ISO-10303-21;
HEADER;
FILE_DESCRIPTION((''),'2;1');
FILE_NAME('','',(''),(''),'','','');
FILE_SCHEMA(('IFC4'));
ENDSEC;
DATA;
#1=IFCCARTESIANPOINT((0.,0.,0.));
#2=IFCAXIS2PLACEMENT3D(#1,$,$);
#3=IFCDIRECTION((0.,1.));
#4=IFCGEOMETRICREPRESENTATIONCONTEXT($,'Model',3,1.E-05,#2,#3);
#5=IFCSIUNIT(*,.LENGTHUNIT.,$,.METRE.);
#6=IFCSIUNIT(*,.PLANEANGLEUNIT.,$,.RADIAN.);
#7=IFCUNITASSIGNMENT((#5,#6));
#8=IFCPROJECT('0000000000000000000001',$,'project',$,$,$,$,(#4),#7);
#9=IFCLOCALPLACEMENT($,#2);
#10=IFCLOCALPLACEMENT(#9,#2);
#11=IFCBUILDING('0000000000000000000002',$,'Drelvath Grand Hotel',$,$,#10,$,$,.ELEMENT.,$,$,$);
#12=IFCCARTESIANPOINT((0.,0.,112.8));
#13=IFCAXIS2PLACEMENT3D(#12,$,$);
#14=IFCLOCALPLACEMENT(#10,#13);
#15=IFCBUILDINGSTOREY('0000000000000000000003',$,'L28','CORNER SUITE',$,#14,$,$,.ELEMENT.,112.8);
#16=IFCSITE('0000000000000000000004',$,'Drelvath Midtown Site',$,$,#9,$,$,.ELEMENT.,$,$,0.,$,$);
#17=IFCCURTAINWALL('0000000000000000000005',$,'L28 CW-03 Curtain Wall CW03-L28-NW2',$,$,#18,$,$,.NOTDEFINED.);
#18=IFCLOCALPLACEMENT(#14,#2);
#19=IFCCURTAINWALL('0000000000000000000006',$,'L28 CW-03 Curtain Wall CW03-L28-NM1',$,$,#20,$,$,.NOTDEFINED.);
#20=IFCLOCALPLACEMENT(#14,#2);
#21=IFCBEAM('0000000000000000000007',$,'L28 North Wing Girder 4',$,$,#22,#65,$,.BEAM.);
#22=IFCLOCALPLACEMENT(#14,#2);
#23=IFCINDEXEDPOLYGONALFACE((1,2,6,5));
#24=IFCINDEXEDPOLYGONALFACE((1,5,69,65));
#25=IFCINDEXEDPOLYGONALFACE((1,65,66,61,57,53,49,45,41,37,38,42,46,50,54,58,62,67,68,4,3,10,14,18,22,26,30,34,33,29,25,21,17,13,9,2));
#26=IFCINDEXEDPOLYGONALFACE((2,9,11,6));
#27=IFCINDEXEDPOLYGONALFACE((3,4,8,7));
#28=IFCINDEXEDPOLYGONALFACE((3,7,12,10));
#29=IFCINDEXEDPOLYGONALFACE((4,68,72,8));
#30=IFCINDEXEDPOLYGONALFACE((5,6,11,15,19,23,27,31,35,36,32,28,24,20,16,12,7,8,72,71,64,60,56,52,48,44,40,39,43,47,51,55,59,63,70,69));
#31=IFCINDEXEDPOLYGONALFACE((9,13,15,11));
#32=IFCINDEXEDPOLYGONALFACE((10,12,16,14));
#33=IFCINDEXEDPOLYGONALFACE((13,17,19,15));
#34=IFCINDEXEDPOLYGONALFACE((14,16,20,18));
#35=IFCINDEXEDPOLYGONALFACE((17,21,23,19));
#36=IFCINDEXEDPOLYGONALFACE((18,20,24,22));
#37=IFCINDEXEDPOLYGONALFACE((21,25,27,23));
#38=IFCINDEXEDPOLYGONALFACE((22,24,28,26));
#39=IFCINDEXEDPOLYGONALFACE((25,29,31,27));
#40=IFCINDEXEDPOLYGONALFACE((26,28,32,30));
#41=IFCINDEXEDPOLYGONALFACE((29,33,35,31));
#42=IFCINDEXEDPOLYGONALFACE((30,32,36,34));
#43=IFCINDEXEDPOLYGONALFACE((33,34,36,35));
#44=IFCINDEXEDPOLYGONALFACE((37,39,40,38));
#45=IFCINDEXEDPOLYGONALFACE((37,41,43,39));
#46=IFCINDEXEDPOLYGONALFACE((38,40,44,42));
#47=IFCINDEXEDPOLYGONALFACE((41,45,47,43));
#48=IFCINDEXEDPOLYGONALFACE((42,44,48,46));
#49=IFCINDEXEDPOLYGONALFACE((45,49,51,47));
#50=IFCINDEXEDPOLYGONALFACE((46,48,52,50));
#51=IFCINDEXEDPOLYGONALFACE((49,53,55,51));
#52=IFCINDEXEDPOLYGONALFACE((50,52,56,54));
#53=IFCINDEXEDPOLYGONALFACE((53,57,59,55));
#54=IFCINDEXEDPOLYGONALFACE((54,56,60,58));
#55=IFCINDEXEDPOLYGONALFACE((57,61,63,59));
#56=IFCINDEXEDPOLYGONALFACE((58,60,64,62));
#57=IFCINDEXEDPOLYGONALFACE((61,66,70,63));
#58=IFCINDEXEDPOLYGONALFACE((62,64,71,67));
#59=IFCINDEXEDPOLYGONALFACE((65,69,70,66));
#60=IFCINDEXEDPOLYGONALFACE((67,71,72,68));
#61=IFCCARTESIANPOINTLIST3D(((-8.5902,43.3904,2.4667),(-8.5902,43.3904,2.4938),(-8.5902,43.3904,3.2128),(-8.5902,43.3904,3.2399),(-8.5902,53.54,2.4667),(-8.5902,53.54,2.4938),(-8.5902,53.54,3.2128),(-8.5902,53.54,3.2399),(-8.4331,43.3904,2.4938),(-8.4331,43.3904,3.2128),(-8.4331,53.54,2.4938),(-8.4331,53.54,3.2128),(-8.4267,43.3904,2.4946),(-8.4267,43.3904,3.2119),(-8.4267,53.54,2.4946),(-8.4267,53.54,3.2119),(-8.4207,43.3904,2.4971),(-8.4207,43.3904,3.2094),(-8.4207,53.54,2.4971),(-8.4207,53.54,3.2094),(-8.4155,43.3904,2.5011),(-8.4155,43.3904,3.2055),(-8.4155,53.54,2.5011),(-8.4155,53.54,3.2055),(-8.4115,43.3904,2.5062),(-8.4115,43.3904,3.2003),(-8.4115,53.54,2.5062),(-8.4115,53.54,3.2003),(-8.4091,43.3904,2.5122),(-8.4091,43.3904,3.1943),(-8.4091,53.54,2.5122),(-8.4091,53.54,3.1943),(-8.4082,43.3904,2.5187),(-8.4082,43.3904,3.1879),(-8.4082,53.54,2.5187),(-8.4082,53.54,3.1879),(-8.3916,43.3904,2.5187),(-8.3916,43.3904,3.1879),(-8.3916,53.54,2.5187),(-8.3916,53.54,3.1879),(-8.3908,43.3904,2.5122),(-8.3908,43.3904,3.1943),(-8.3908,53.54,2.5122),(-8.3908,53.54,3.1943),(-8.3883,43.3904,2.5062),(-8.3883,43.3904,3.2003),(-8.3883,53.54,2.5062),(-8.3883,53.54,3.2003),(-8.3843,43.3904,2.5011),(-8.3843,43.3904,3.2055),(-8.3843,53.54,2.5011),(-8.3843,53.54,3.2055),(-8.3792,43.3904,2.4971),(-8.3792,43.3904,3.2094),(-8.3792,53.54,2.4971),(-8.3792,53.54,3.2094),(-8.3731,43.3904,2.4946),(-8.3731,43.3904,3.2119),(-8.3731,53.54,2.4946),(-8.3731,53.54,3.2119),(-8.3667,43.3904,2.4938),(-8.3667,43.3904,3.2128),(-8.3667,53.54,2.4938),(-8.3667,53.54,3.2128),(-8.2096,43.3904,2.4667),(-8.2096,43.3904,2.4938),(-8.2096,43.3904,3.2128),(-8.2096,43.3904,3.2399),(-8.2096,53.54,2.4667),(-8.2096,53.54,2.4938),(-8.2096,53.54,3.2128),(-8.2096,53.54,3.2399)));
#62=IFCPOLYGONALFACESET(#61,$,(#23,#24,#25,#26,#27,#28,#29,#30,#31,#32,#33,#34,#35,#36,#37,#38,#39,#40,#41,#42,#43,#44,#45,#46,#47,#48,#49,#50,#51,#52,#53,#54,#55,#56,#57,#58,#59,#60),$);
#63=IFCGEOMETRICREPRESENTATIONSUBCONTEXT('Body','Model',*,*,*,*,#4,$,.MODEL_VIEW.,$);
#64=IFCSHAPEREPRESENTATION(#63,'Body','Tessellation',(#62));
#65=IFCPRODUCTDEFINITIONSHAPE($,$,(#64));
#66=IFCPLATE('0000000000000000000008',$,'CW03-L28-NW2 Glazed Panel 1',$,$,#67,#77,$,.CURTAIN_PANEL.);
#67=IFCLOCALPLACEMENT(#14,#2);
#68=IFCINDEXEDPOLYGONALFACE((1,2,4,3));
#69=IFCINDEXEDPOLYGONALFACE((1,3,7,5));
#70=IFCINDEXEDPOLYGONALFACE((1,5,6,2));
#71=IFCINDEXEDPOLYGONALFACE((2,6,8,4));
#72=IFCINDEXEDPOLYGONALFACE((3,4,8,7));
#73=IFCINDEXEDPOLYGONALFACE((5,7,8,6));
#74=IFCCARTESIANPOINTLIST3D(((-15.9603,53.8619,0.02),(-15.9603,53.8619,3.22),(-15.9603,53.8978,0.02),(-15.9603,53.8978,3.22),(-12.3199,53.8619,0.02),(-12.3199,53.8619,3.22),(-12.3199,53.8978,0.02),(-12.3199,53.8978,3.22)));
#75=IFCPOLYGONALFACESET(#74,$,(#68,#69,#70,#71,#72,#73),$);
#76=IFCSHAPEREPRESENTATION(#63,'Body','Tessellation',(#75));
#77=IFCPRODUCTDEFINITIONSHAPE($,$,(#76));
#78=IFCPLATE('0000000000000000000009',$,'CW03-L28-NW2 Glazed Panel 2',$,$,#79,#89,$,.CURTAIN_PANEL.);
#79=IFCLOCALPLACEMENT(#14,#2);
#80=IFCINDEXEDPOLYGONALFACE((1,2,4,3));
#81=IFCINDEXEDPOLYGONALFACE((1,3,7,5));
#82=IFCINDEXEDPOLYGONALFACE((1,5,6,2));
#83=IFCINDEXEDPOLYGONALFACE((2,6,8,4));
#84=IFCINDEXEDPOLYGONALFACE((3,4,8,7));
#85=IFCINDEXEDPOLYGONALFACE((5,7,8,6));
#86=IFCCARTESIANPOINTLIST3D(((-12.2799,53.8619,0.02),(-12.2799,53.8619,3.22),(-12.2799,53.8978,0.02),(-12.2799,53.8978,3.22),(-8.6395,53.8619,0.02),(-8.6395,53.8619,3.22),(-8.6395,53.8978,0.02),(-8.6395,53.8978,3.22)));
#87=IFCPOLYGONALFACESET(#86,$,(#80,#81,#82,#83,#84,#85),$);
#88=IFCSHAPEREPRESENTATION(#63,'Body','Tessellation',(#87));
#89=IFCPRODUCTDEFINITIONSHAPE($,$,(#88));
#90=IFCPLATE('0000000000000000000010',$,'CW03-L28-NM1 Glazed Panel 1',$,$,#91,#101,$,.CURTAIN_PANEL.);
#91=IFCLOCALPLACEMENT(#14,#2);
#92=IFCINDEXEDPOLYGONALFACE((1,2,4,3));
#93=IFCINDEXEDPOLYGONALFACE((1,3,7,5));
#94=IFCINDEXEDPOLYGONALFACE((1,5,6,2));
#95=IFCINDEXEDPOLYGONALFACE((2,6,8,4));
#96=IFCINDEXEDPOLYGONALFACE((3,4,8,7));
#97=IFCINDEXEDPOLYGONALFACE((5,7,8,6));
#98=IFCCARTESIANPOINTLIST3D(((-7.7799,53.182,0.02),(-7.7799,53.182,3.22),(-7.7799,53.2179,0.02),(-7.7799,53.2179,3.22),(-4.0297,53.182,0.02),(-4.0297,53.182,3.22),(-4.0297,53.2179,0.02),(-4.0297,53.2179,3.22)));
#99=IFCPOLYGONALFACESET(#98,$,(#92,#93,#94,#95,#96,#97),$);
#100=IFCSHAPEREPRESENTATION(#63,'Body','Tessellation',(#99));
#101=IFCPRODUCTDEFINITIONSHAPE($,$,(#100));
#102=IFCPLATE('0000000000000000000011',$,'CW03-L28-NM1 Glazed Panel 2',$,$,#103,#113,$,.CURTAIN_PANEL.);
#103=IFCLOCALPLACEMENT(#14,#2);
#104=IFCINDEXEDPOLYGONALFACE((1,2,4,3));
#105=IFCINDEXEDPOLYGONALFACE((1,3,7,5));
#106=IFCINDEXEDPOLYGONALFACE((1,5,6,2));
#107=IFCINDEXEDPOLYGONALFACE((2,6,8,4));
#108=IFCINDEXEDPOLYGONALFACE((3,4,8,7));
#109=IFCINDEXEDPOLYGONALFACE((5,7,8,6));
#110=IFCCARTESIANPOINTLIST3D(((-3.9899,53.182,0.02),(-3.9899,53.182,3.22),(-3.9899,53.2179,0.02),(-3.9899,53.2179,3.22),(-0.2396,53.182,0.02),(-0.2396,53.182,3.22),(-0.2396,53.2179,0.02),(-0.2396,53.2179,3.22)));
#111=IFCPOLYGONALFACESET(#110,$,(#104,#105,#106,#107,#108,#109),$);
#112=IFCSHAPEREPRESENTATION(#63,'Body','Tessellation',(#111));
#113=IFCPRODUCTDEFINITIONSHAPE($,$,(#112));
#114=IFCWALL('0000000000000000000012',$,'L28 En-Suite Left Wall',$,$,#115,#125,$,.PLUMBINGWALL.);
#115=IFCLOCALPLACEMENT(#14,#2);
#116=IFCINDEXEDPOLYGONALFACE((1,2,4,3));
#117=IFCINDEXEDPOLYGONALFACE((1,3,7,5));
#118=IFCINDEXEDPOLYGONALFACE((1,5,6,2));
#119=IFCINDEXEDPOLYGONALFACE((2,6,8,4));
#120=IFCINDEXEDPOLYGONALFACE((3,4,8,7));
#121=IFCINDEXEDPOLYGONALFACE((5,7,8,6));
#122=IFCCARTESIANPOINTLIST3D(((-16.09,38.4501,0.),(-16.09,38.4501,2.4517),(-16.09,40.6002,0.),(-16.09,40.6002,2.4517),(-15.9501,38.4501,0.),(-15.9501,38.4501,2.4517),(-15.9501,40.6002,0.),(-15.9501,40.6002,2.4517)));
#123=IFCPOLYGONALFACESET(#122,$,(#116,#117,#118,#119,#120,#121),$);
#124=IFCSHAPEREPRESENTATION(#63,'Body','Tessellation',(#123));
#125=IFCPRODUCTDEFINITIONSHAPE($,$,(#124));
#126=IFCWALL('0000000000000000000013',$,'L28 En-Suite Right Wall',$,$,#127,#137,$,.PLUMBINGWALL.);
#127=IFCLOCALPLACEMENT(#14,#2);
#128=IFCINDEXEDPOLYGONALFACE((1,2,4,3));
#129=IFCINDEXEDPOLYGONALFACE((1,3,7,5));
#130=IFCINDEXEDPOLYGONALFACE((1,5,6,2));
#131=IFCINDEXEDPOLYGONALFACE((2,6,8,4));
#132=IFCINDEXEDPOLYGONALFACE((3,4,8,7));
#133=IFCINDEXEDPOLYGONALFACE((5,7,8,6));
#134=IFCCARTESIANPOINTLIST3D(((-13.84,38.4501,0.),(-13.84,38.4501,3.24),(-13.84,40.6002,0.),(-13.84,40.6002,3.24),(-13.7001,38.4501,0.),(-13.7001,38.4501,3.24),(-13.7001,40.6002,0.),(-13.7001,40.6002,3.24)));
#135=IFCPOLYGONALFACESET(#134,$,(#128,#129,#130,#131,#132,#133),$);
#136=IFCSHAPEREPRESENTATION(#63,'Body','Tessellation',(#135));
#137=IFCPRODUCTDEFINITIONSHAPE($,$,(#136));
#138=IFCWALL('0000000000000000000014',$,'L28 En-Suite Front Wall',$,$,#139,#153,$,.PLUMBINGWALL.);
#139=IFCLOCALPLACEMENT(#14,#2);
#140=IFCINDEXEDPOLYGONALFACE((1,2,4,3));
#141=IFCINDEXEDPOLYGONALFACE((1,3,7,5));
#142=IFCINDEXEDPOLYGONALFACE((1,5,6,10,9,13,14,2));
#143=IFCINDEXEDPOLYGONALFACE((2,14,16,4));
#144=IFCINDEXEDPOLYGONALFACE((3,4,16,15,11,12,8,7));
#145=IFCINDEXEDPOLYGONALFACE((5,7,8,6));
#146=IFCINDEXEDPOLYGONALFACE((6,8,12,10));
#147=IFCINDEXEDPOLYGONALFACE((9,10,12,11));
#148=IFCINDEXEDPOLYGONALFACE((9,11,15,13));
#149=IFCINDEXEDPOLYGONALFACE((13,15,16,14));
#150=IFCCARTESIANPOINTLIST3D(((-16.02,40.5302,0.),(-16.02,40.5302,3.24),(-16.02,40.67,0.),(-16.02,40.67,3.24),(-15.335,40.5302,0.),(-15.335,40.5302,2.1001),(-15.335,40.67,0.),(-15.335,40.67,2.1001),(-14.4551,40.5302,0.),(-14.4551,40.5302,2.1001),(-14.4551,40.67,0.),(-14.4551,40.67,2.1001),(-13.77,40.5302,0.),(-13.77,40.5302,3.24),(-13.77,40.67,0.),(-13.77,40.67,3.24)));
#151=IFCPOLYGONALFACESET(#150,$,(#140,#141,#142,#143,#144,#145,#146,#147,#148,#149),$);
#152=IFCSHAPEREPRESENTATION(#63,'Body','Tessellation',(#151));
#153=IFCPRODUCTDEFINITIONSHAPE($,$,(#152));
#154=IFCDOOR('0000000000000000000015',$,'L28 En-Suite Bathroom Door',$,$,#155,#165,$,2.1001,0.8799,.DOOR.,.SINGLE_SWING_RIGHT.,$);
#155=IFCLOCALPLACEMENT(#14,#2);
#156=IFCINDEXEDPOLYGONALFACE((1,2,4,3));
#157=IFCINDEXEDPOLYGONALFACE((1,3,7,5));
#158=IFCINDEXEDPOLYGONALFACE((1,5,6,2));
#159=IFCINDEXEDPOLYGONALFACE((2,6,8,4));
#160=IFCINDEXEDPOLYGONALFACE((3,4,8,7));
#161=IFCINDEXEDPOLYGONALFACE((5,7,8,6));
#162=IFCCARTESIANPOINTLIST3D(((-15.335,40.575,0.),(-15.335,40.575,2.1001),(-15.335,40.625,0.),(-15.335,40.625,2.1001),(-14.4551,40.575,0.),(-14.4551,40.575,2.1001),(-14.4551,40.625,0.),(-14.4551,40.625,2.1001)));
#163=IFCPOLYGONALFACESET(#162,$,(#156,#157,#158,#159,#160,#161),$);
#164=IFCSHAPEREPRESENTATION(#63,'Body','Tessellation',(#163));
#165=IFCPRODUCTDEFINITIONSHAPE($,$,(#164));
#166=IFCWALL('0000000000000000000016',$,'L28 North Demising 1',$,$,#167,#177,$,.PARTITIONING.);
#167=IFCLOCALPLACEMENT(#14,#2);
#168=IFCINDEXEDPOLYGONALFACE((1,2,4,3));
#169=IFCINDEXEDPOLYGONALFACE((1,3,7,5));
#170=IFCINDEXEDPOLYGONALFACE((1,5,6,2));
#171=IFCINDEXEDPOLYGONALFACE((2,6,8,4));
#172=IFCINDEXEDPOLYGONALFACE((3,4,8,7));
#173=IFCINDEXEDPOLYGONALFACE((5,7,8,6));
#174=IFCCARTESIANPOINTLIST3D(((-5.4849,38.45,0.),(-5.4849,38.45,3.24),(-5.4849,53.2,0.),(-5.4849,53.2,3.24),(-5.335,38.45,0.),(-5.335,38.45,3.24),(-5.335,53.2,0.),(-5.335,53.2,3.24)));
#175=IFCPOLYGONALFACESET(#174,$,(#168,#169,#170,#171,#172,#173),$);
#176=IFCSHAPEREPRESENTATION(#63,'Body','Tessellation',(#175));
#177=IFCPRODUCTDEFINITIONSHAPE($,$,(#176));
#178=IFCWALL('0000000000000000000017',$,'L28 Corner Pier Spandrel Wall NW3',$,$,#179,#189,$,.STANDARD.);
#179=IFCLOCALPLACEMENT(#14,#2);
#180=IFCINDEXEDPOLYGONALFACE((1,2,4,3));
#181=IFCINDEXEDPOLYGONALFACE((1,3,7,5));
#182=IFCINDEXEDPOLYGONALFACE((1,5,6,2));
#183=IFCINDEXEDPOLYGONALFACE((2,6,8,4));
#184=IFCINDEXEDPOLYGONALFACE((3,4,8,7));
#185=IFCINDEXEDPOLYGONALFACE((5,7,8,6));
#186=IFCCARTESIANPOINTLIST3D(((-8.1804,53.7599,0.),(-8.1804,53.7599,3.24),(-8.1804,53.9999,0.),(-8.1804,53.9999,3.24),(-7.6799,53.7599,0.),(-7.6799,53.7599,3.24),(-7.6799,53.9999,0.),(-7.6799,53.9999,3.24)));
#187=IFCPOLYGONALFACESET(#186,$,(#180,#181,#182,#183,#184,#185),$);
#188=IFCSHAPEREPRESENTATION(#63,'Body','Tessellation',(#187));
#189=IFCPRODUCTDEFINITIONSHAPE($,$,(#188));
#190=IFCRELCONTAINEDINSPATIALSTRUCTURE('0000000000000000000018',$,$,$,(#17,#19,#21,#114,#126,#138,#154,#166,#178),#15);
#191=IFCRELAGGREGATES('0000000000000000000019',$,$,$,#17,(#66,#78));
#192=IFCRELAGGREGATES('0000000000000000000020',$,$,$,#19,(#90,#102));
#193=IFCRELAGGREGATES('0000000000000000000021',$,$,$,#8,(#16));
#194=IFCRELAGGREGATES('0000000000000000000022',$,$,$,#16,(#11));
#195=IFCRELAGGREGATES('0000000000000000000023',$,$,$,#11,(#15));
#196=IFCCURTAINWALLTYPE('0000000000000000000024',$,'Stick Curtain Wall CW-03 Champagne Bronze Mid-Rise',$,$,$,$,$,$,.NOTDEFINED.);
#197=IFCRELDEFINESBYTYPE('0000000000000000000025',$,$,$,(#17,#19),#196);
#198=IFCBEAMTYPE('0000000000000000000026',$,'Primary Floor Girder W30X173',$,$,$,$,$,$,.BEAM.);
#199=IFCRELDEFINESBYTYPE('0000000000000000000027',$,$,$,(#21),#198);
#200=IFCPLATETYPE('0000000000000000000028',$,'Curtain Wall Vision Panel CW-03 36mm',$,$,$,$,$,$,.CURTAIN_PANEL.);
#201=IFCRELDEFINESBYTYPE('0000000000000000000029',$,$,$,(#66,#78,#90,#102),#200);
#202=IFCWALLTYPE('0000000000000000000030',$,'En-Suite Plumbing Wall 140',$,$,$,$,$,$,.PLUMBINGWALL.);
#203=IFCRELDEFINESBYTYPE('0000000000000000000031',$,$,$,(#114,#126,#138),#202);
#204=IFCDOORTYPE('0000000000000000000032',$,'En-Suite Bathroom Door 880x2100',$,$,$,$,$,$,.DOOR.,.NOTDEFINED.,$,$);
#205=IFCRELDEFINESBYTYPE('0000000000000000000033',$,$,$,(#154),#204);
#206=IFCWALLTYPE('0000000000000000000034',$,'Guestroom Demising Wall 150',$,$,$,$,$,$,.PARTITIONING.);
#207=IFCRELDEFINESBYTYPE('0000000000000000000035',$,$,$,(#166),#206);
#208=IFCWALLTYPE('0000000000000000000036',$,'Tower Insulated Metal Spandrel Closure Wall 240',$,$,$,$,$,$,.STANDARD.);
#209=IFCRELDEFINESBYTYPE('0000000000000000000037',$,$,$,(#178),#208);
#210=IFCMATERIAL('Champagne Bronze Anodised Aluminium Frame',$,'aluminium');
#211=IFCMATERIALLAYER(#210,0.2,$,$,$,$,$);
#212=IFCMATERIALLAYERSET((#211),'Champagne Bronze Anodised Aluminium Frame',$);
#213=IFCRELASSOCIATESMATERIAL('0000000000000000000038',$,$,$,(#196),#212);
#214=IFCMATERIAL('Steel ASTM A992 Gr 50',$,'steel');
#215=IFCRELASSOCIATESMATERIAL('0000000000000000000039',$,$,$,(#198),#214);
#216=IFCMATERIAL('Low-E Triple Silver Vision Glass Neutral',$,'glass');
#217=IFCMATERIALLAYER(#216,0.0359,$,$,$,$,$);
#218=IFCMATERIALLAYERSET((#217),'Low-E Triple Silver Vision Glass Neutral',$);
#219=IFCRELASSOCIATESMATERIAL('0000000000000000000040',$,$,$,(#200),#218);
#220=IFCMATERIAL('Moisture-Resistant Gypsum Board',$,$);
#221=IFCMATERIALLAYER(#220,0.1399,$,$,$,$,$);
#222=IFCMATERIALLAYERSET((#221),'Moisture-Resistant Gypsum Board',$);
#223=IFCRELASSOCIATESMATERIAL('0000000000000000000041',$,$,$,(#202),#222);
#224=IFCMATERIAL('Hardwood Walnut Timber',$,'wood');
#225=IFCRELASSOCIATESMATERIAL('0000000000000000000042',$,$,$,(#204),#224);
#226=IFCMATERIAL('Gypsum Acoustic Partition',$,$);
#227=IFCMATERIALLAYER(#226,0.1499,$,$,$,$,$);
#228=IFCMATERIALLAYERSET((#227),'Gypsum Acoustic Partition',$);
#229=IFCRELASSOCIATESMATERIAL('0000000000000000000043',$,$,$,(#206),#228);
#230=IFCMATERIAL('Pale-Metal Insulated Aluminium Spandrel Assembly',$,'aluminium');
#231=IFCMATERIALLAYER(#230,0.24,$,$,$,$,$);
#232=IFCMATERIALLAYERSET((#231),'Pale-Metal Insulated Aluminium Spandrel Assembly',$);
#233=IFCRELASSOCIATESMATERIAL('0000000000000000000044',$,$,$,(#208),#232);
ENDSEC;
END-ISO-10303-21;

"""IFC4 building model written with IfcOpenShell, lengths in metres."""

from ifc_helpers import new_model, si_unit, direction, frame, frame_2d, origin, origin_2d, place, context, subcontext, project, spatial, rectangle, i_section, extrude, material, layer, layer_set, material_profile, profile_set, type_object, element, fill, aggregate, save


model = new_model("IFC4")

# Units and contexts
model_context = context("Model", 3, precision=1e-05, world=origin(), true_north=direction((0.0, 1.0)))
body_context = subcontext(model_context, "Body", "Model", "MODEL_VIEW")
ifc_project = project(units=[si_unit("LENGTHUNIT", "METRE"), si_unit("PLANEANGLEUNIT", "RADIAN")], contexts=[model_context])

# Site, building, storey
site_placement = place(None, origin())
site = spatial("IfcSite", under=ifc_project, at=site_placement, Name="Drelvath Midtown Site", CompositionType="ELEMENT", RefElevation=0.0)
building_placement = place(site_placement, origin())
building = spatial("IfcBuilding", under=site, at=building_placement, Name="Drelvath Grand Hotel", CompositionType="ELEMENT")
storey_placement = place(building_placement, frame((0.0, 0.0, 112.8)))
storey = spatial("IfcBuildingStorey", under=building, at=storey_placement, Name="L28", Description="CORNER SUITE", CompositionType="ELEMENT", Elevation=112.8)

# Curtain walls
ifc_material_1 = material(Name="Champagne Bronze Anodised Aluminium Frame", Category="aluminium")
ifc_layer_1 = layer(ifc_material_1, 0.2)
ifc_layer_set_1 = layer_set([ifc_layer_1], Name="Champagne Bronze Anodised Aluminium Frame")
curtain_wall_type = type_object("IfcCurtainWallType", Name="Stick Curtain Wall CW-03 Champagne Bronze Mid-Rise", PredefinedType="NOTDEFINED", material=ifc_layer_set_1)
curtain_wall_1_placement = place(storey_placement, origin())
curtain_wall_1 = element("IfcCurtainWall", 1, at=curtain_wall_1_placement, inside=storey, type_object=curtain_wall_type, Name="L28 CW-03 Curtain Wall CW03-L28-NW2", PredefinedType="NOTDEFINED")
curtain_wall_2_placement = place(storey_placement, origin())
curtain_wall_2 = element("IfcCurtainWall", 2, at=curtain_wall_2_placement, inside=storey, type_object=curtain_wall_type, Name="L28 CW-03 Curtain Wall CW03-L28-NM1", PredefinedType="NOTDEFINED")

# Beam
ifc_material_2 = material(Name="Steel ASTM A992 Gr 50", Category="steel")
ifc_material_profile_1 = material_profile(ifc_material_2, i_section(OverallWidth=0.3806, OverallDepth=0.7732, WebThickness=0.0166, FlangeThickness=0.0271, FilletRadius=0.0249, at=origin_2d()), Name="W30X173")
ifc_profile_set_1 = profile_set([ifc_material_profile_1], Name="Steel ASTM A992 Gr 50")
beam_type_1 = type_object("IfcBeamType", Name="Primary Floor Girder W30X173", PredefinedType="BEAM", material=ifc_profile_set_1)
beam_1_placement = place(storey_placement, frame((-8.3999, 43.3904, 2.8533), z_axis=(0.0, 1.0, 0.0), x_axis=(-1.0, 0.0, 0.0)))
element("IfcBeam", 3, at=beam_1_placement, inside=storey, type_object=beam_type_1, Name="L28 North Wing Girder 4", PredefinedType="BEAM", context=body_context, shape_type="SweptSolid", body=[
    extrude(i_section(OverallWidth=0.3806, OverallDepth=0.7732, WebThickness=0.0166, FlangeThickness=0.0271, FilletRadius=0.0249, at=origin_2d()), origin(), (0.0, 0.0, 1.0), 10.1497),
])

# Plates
ifc_material_3 = material(Name="Low-E Triple Silver Vision Glass Neutral", Category="glass")
ifc_layer_2 = layer(ifc_material_3, 0.0359)
ifc_layer_set_2 = layer_set([ifc_layer_2], Name="Low-E Triple Silver Vision Glass Neutral")
plate_type = type_object("IfcPlateType", Name="Curtain Wall Vision Panel CW-03 36mm", PredefinedType="CURTAIN_PANEL", material=ifc_layer_set_2)
plate_1_placement = place(storey_placement, frame((-14.1401, 53.8799, 0.02), z_axis=(0.0, 0.0, 1.0), x_axis=(1.0, 0.0, 0.0)))
plate_1 = element("IfcPlate", 4, at=plate_1_placement, type_object=plate_type, Name="CW03-L28-NW2 Glazed Panel 1", PredefinedType="CURTAIN_PANEL", context=body_context, shape_type="SweptSolid", body=[
    extrude(rectangle(XDim=3.6404, YDim=0.0359, at=origin_2d()), origin(), (0.0, 0.0, 1.0), 3.2),
])
plate_2_placement = place(storey_placement, frame((-10.4597, 53.8799, 0.02), z_axis=(0.0, 0.0, 1.0), x_axis=(1.0, 0.0, 0.0)))
plate_2 = element("IfcPlate", 5, at=plate_2_placement, type_object=plate_type, Name="CW03-L28-NW2 Glazed Panel 2", PredefinedType="CURTAIN_PANEL", context=body_context, shape_type="SweptSolid", body=[
    extrude(rectangle(XDim=3.6404, YDim=0.0359, at=origin_2d()), origin(), (0.0, 0.0, 1.0), 3.2),
])
aggregate(curtain_wall_1, [plate_1, plate_2])
plate_3_placement = place(storey_placement, frame((-5.9048, 53.2, 0.02), z_axis=(0.0, 0.0, 1.0), x_axis=(1.0, 0.0, 0.0)))
plate_3 = element("IfcPlate", 6, at=plate_3_placement, type_object=plate_type, Name="CW03-L28-NM1 Glazed Panel 1", PredefinedType="CURTAIN_PANEL", context=body_context, shape_type="SweptSolid", body=[
    extrude(rectangle(XDim=3.7502, YDim=0.0359, at=origin_2d()), origin(), (0.0, 0.0, 1.0), 3.2),
])
plate_4_placement = place(storey_placement, frame((-2.1147, 53.2, 0.02), z_axis=(0.0, 0.0, 1.0), x_axis=(1.0, 0.0, 0.0)))
plate_4 = element("IfcPlate", 7, at=plate_4_placement, type_object=plate_type, Name="CW03-L28-NM1 Glazed Panel 2", PredefinedType="CURTAIN_PANEL", context=body_context, shape_type="SweptSolid", body=[
    extrude(rectangle(XDim=3.7502, YDim=0.0359, at=origin_2d()), origin(), (0.0, 0.0, 1.0), 3.2),
])
aggregate(curtain_wall_2, [plate_3, plate_4])

# Walls
ifc_material_4 = material(Name="Moisture-Resistant Gypsum Board")
ifc_layer_3 = layer(ifc_material_4, 0.1399)
ifc_layer_set_3 = layer_set([ifc_layer_3], Name="Moisture-Resistant Gypsum Board")
wall_type_1 = type_object("IfcWallType", Name="En-Suite Plumbing Wall 140", PredefinedType="PLUMBINGWALL", material=ifc_layer_set_3)
wall_1_placement = place(storey_placement, frame((-16.02, 38.45, 0.0), z_axis=(0.0, 0.0, 1.0), x_axis=(0.0, 1.0, 0.0)))
element("IfcWall", 8, at=wall_1_placement, inside=storey, type_object=wall_type_1, Name="L28 En-Suite Left Wall", PredefinedType="PLUMBINGWALL", context=body_context, shape_type="SweptSolid", body=[
    extrude(rectangle(XDim=2.1501, YDim=0.1399, at=frame_2d((1.0752, 0.0))), origin(), (0.0, 0.0, 1.0), 2.4517),
])
wall_2_placement = place(storey_placement, frame((-13.77, 38.45, 0.0), z_axis=(0.0, 0.0, 1.0), x_axis=(0.0, 1.0, 0.0)))
element("IfcWall", 9, at=wall_2_placement, inside=storey, type_object=wall_type_1, Name="L28 En-Suite Right Wall", PredefinedType="PLUMBINGWALL", context=body_context, shape_type="SweptSolid", body=[
    extrude(rectangle(XDim=2.1501, YDim=0.1399, at=frame_2d((1.0752, 0.0))), origin(), (0.0, 0.0, 1.0), 3.24),
])

# Wall, opening, door
wall_3_placement = place(storey_placement, frame((-16.02, 40.6001, 0.0), z_axis=(0.0, 0.0, 1.0), x_axis=(1.0, 0.0, 0.0)))
wall_3 = element("IfcWall", 10, at=wall_3_placement, inside=storey, type_object=wall_type_1, Name="L28 En-Suite Front Wall", PredefinedType="PLUMBINGWALL", context=body_context, shape_type="SweptSolid", body=[
    extrude(rectangle(XDim=2.25, YDim=0.1399, at=frame_2d((1.125, 0.0))), origin(), (0.0, 0.0, 1.0), 3.24),
])
opening_placement = place(wall_3_placement, frame((0.6851, 0.0, 0.0)))
opening = element("IfcOpeningElement", 11, at=opening_placement, cuts=wall_3, PredefinedType="OPENING", context=body_context, shape_type="SweptSolid", body=[
    extrude(rectangle(XDim=0.8799, YDim=2.1001, at=frame_2d((0.4399, 1.05))), frame((0.0, 0.0798, 0.0), z_axis=(0.0, -1.0, 0.0), x_axis=(1.0, 0.0, 0.0)), (0.0, 0.0, 1.0), 0.1599),
])
ifc_material_5 = material(Name="Hardwood Walnut Timber", Category="wood")
door_type = type_object("IfcDoorType", Name="En-Suite Bathroom Door 880x2100", OperationType="NOTDEFINED", PredefinedType="DOOR", material=ifc_material_5)
door_placement = place(opening_placement, origin())
door = element("IfcDoor", 12, at=door_placement, inside=storey, type_object=door_type, Name="L28 En-Suite Bathroom Door", OperationType="SINGLE_SWING_RIGHT", OverallHeight=2.1001, OverallWidth=0.8799, PredefinedType="DOOR", context=body_context, shape_type="SweptSolid", body=[
    extrude(rectangle(XDim=0.8799, YDim=2.1001, at=frame_2d((0.4399, 1.05))), frame((0.0, 0.0249, 0.0), z_axis=(0.0, -1.0, 0.0), x_axis=(1.0, 0.0, 0.0)), (0.0, 0.0, 1.0), 0.05),
])
fill(opening, door)

# Walls
ifc_material_6 = material(Name="Gypsum Acoustic Partition")
ifc_layer_4 = layer(ifc_material_6, 0.1499)
ifc_layer_set_4 = layer_set([ifc_layer_4], Name="Gypsum Acoustic Partition")
wall_type_2 = type_object("IfcWallType", Name="Guestroom Demising Wall 150", PredefinedType="PARTITIONING", material=ifc_layer_set_4)
wall_4_placement = place(storey_placement, frame((-5.4099, 38.45, 0.0), z_axis=(0.0, 0.0, 1.0), x_axis=(0.0, 1.0, 0.0)))
element("IfcWall", 13, at=wall_4_placement, inside=storey, type_object=wall_type_2, Name="L28 North Demising 1", PredefinedType="PARTITIONING", context=body_context, shape_type="SweptSolid", body=[
    extrude(rectangle(XDim=14.75, YDim=0.1499, at=frame_2d((7.375, 0.0))), origin(), (0.0, 0.0, 1.0), 3.24),
])
ifc_material_7 = material(Name="Pale-Metal Insulated Aluminium Spandrel Assembly", Category="aluminium")
ifc_layer_5 = layer(ifc_material_7, 0.24)
ifc_layer_set_5 = layer_set([ifc_layer_5], Name="Pale-Metal Insulated Aluminium Spandrel Assembly")
wall_type_3 = type_object("IfcWallType", Name="Tower Insulated Metal Spandrel Closure Wall 240", PredefinedType="STANDARD", material=ifc_layer_set_5)
wall_5_placement = place(storey_placement, frame((-8.1804, 53.8799, 0.0), z_axis=(0.0, 0.0, 1.0), x_axis=(1.0, 0.0, 0.0)))
element("IfcWall", 14, at=wall_5_placement, inside=storey, type_object=wall_type_3, Name="L28 Corner Pier Spandrel Wall NW3", PredefinedType="STANDARD", context=body_context, shape_type="SweptSolid", body=[
    extrude(rectangle(XDim=0.5005, YDim=0.24, at=frame_2d((0.2502, 0.0))), origin(), (0.0, 0.0, 1.0), 3.24),
])

save(model, "model.ifc")
